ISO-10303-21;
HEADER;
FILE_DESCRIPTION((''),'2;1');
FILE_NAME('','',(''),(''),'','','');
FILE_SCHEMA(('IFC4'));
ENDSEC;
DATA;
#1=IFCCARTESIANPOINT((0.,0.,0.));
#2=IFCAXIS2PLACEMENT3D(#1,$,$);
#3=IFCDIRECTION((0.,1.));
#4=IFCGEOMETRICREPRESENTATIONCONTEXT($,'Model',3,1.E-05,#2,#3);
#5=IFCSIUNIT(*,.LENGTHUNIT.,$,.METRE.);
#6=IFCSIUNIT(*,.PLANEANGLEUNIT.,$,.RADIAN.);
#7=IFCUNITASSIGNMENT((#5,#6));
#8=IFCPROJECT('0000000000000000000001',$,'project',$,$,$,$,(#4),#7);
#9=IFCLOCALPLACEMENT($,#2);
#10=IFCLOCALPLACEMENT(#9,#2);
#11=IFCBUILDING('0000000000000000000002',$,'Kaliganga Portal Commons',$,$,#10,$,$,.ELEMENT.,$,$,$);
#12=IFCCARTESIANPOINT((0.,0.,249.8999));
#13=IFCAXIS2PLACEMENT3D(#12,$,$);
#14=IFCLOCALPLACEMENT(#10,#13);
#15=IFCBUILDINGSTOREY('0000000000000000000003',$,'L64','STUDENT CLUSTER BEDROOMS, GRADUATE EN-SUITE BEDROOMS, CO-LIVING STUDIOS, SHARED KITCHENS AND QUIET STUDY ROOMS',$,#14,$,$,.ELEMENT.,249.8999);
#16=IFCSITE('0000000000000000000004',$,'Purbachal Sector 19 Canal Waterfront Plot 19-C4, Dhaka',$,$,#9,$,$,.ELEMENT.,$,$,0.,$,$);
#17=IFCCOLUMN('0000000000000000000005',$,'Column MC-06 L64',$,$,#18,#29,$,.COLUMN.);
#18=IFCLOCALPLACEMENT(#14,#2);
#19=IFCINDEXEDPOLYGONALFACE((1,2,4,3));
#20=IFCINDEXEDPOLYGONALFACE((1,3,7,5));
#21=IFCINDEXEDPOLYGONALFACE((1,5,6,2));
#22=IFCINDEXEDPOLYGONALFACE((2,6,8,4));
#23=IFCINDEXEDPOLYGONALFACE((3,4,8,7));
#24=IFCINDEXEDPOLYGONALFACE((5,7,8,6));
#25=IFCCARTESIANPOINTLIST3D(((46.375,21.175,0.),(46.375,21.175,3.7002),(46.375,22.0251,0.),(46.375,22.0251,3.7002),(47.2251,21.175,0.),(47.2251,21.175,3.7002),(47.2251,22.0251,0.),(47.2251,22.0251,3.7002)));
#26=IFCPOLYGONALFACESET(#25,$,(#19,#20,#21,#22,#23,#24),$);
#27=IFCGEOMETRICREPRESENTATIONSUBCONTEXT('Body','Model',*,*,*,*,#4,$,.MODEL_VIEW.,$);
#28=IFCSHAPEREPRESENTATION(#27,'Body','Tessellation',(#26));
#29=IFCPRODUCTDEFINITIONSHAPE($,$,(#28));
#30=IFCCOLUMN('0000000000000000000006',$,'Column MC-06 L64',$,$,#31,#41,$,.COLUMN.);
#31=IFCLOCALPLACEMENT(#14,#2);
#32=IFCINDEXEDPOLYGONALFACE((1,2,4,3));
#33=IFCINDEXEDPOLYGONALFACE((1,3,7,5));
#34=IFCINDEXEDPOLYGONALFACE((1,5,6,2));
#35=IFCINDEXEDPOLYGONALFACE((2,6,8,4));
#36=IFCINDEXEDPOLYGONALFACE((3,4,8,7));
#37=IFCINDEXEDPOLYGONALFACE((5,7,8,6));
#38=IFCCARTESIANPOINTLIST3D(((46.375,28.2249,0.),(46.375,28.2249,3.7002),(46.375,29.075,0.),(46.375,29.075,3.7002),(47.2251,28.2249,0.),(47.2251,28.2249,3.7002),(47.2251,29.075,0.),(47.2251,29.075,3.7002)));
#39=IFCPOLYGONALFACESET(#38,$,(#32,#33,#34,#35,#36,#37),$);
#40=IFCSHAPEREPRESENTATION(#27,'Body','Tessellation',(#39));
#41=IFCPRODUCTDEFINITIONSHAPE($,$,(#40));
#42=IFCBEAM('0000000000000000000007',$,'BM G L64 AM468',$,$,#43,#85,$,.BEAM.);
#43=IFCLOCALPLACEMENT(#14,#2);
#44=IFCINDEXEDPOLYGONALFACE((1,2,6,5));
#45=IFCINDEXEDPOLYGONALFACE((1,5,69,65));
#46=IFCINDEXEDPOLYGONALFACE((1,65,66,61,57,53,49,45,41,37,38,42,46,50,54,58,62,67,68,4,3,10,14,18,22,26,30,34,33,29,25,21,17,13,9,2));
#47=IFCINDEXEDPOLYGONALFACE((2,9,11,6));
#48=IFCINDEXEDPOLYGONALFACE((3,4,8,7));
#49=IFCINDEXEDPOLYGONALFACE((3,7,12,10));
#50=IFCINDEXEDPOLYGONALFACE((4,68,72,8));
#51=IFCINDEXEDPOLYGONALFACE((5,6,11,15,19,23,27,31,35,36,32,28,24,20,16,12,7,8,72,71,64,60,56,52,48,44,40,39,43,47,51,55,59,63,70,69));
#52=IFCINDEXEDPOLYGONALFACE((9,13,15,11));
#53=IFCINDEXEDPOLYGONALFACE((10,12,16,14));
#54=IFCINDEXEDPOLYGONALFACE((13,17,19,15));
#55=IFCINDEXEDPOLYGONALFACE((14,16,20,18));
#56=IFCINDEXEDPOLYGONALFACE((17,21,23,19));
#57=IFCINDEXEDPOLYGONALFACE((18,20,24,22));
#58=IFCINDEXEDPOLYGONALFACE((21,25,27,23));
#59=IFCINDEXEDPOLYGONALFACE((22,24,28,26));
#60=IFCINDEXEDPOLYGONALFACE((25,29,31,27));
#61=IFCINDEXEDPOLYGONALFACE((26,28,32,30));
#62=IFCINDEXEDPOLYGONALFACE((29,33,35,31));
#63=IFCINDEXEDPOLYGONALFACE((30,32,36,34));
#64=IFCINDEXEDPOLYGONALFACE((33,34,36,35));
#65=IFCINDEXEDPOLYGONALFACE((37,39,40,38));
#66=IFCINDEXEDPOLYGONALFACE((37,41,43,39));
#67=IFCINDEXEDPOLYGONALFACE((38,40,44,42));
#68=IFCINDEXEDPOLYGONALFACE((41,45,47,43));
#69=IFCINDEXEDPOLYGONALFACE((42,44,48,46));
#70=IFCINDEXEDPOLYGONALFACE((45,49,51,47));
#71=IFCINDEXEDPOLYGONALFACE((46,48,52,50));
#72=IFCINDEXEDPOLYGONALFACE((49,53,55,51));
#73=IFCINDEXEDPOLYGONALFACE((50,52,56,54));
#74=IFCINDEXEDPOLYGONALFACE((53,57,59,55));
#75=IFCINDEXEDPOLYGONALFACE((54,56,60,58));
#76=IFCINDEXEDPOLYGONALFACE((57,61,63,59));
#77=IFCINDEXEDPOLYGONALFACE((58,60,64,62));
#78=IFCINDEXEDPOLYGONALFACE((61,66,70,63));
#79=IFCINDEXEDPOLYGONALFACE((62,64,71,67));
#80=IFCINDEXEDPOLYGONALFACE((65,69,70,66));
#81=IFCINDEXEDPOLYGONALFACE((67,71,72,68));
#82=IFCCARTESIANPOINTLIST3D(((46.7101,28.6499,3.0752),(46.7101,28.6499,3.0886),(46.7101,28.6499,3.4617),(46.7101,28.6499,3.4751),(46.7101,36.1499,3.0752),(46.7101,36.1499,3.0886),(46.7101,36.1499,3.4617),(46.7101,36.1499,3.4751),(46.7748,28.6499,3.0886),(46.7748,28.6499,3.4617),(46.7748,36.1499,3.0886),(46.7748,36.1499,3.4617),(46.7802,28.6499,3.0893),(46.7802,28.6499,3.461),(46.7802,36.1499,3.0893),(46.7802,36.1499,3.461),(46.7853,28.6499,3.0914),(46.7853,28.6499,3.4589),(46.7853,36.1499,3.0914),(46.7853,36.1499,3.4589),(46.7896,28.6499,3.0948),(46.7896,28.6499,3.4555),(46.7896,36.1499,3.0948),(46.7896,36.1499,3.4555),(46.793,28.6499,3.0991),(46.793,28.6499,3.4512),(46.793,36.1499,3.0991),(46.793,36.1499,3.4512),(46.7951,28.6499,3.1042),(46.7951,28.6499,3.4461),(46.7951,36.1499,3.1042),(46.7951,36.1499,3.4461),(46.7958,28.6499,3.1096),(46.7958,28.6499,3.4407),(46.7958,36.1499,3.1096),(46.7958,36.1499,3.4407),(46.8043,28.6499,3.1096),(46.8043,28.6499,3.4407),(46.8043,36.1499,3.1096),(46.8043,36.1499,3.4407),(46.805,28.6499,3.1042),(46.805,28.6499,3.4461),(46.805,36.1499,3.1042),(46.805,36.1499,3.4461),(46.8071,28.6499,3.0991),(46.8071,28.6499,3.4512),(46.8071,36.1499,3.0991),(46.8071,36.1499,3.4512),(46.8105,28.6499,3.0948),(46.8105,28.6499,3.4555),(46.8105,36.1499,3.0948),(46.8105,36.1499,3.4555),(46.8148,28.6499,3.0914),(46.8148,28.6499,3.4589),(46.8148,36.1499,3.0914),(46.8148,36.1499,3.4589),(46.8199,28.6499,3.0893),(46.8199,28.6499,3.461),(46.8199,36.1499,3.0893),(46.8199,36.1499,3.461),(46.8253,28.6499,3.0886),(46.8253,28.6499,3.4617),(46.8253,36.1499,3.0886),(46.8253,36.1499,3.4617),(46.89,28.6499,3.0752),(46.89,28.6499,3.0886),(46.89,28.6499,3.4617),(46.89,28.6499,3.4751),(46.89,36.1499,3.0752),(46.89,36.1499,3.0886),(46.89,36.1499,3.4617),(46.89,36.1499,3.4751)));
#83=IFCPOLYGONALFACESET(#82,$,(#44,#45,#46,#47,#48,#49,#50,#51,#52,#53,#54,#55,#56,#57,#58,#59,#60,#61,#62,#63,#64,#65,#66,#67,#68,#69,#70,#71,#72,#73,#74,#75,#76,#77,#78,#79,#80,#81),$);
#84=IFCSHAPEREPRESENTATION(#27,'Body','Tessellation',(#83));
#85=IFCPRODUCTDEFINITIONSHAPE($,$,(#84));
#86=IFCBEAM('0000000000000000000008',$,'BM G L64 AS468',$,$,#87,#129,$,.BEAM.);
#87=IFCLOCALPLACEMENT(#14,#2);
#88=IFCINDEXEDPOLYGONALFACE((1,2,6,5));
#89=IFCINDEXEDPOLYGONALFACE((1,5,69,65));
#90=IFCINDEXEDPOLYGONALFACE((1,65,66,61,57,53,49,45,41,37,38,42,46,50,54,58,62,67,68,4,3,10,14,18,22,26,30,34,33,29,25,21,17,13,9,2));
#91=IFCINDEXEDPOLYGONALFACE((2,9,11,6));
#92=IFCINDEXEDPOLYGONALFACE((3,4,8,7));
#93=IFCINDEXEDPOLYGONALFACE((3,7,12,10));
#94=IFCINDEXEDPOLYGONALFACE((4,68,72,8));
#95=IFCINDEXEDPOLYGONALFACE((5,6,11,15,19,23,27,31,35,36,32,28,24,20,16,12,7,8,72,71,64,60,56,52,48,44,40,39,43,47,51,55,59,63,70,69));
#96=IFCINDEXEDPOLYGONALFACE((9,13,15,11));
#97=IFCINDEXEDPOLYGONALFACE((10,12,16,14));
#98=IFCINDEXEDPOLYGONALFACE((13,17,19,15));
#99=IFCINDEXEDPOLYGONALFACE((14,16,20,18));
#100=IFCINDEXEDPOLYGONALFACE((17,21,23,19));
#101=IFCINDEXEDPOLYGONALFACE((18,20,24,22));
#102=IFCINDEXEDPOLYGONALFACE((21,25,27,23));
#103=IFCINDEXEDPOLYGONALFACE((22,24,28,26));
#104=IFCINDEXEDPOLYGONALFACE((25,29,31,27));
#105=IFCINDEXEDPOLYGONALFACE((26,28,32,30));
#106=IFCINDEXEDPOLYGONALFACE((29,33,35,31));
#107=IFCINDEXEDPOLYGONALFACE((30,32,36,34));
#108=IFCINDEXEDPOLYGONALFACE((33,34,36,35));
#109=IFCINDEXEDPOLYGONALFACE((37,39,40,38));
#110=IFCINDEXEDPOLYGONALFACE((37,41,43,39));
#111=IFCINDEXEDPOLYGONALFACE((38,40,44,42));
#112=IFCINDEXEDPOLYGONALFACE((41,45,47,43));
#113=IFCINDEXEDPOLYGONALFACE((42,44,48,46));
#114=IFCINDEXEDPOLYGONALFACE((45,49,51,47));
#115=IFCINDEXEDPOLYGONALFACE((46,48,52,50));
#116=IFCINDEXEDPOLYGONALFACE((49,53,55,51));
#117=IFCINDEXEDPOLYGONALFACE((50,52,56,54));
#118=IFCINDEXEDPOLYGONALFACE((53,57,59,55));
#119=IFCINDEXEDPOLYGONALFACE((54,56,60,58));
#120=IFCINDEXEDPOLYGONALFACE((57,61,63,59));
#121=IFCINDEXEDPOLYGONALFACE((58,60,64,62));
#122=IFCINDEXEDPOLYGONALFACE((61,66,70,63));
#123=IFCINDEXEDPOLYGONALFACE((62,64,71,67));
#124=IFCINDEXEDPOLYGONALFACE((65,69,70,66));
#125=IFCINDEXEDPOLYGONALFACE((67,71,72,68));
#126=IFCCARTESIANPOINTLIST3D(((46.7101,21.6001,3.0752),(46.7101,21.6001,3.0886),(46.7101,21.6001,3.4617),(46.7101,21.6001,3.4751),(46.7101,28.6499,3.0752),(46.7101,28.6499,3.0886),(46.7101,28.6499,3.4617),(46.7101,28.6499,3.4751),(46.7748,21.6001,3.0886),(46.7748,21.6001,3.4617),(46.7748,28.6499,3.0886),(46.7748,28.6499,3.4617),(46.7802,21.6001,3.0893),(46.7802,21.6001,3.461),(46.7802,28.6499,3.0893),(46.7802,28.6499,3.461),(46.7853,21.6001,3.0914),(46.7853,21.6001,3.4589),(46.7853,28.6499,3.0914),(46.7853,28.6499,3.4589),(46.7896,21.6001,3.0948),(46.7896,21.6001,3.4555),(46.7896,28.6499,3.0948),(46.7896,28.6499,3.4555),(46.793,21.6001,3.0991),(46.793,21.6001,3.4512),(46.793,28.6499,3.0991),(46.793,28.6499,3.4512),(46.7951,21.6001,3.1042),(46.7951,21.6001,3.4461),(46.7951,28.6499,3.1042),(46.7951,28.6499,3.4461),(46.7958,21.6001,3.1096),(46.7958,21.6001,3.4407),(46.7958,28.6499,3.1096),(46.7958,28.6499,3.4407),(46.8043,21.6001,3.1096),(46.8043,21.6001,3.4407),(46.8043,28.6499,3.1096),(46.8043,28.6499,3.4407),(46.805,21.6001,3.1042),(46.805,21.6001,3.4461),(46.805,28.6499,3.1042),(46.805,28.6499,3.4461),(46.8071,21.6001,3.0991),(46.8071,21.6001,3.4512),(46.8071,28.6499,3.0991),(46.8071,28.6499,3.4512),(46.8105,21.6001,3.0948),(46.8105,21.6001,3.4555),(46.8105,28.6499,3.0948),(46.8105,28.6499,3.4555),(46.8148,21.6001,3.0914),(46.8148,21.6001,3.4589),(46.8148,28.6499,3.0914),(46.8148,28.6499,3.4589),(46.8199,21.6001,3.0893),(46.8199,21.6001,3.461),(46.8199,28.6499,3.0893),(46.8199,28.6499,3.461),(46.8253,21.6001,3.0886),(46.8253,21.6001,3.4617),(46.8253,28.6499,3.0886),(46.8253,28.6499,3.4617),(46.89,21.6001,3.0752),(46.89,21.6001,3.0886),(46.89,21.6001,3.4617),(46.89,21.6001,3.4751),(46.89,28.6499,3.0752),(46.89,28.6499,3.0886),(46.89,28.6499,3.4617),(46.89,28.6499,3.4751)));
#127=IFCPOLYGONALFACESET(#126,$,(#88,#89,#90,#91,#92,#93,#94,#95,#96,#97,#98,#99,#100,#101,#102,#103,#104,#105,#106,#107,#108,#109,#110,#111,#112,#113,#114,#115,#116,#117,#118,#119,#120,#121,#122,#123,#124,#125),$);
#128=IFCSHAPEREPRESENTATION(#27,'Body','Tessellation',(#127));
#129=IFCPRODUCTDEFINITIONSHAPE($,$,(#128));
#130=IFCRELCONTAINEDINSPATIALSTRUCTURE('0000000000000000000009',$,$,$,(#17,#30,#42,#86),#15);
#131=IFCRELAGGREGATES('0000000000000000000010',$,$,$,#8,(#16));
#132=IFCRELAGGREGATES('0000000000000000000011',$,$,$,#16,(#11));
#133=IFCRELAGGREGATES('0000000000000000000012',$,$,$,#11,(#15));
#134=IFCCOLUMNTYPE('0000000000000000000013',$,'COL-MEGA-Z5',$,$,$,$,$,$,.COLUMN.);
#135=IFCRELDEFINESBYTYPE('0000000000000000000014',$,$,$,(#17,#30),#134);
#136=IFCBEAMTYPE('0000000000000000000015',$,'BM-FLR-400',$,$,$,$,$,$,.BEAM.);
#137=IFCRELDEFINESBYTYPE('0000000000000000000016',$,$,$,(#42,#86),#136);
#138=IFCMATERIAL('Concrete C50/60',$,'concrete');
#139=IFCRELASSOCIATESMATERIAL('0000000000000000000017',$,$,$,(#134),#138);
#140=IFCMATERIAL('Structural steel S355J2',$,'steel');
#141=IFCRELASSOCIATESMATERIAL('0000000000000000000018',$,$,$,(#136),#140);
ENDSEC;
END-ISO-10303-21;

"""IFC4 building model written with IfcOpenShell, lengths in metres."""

from ifc_helpers import new_model, si_unit, direction, frame, origin, origin_2d, place, context, subcontext, project, spatial, rectangle, i_section, extrude, source, transform, mapped, material, material_profile, profile_set, type_object, element, save


model = new_model("IFC4")

# Units and contexts
model_context = context("Model", 3, precision=1e-05, world=origin(), true_north=direction((0.0, 1.0)))
body_context = subcontext(model_context, "Body", "Model", "MODEL_VIEW")
ifc_project = project(units=[si_unit("LENGTHUNIT", "METRE"), si_unit("PLANEANGLEUNIT", "RADIAN")], contexts=[model_context])

# Site, building, storey
site_placement = place(None, origin())
site = spatial("IfcSite", under=ifc_project, at=site_placement, Name="Purbachal Sector 19 Canal Waterfront Plot 19-C4, Dhaka", CompositionType="ELEMENT", RefElevation=0.0)
building_placement = place(site_placement, origin())
building = spatial("IfcBuilding", under=site, at=building_placement, Name="Kaliganga Portal Commons", CompositionType="ELEMENT")
storey_placement = place(building_placement, frame((0.0, 0.0, 249.8999)))
storey = spatial("IfcBuildingStorey", under=building, at=storey_placement, Name="L64", Description="STUDENT CLUSTER BEDROOMS, GRADUATE EN-SUITE BEDROOMS, CO-LIVING STUDIOS, SHARED KITCHENS AND QUIET STUDY ROOMS", CompositionType="ELEMENT", Elevation=249.8999)

# Columns
ifc_material_1 = material(Name="Concrete C50/60", Category="concrete")
ifc_material_profile_1 = material_profile(ifc_material_1, rectangle(XDim=0.8501, YDim=0.8501, at=origin_2d()), Name="RC 850x850")
ifc_profile_set_1 = profile_set([ifc_material_profile_1], Name="Concrete C50/60")
column_type = type_object("IfcColumnType", Name="COL-MEGA-Z5", PredefinedType="COLUMN", material=ifc_profile_set_1)
shared_shape_1 = source(origin(), body_context, "Body", "SweptSolid", [
    extrude(rectangle(XDim=0.8501, YDim=0.8501, at=origin_2d()), origin(), (0.0, 0.0, 1.0), 3.7002),
])
for number, where, z_axis, x_axis, name in (
    (1, (46.8, 21.6001, 0.0), (0.0, 0.0, 1.0), (1.0, 0.0, 0.0), "Column MC-06 L64"),
    (2, (46.8, 28.6499, 0.0), (0.0, 0.0, 1.0), (1.0, 0.0, 0.0), "Column MC-06 L64"),
):
    element("IfcColumn", number, at=place(storey_placement, frame(where, z_axis=z_axis, x_axis=x_axis)), inside=storey, type_object=column_type, Name=name, PredefinedType="COLUMN", context=body_context, shape_type="MappedRepresentation", body=[
        mapped(shared_shape_1, transform((0.0, 0.0, 0.0), x_axis=(1.0, 0.0, 0.0), y_axis=(0.0, 1.0, 0.0), z_axis=(0.0, 0.0, 1.0), scale=1.0)),
    ])

# Beams
ifc_material_2 = material(Name="Structural steel S355J2", Category="steel")
ifc_material_profile_2 = material_profile(ifc_material_2, i_section(OverallWidth=0.1799, OverallDepth=0.3999, WebThickness=0.0085, FlangeThickness=0.0134, FilletRadius=0.021, at=origin_2d()), Name="IPE 400")
ifc_profile_set_2 = profile_set([ifc_material_profile_2], Name="Structural steel S355J2 wide-flange")
beam_type = type_object("IfcBeamType", Name="BM-FLR-400", PredefinedType="BEAM", material=ifc_profile_set_2)
shared_shape_2 = source(origin(), body_context, "Body", "SweptSolid", [
    extrude(i_section(OverallWidth=0.1799, OverallDepth=0.3999, WebThickness=0.0085, FlangeThickness=0.0134, FilletRadius=0.021, at=origin_2d()), origin(), (0.0, 0.0, 1.0), 7.5),
])
beam_1_placement = place(storey_placement, frame((46.8, 28.6499, 3.2751), z_axis=(0.0, 1.0, 0.0), x_axis=(-1.0, 0.0, 0.0)))
element("IfcBeam", 3, at=beam_1_placement, inside=storey, type_object=beam_type, Name="BM G L64 AM468", PredefinedType="BEAM", context=body_context, shape_type="MappedRepresentation", body=[
    mapped(shared_shape_2, transform((0.0, 0.0, 0.0), x_axis=(1.0, 0.0, 0.0), y_axis=(0.0, 1.0, 0.0), z_axis=(0.0, 0.0, 1.0), scale=1.0)),
])
shared_shape_3 = source(origin(), body_context, "Body", "SweptSolid", [
    extrude(i_section(OverallWidth=0.1799, OverallDepth=0.3999, WebThickness=0.0085, FlangeThickness=0.0134, FilletRadius=0.021, at=origin_2d()), origin(), (0.0, 0.0, 1.0), 7.0498),
])
beam_2_placement = place(storey_placement, frame((46.8, 21.6001, 3.2751), z_axis=(0.0, 1.0, 0.0), x_axis=(-1.0, 0.0, 0.0)))
element("IfcBeam", 4, at=beam_2_placement, inside=storey, type_object=beam_type, Name="BM G L64 AS468", PredefinedType="BEAM", context=body_context, shape_type="MappedRepresentation", body=[
    mapped(shared_shape_3, transform((0.0, 0.0, 0.0), x_axis=(1.0, 0.0, 0.0), y_axis=(0.0, 1.0, 0.0), z_axis=(0.0, 0.0, 1.0), scale=1.0)),
])

save(model, "model.ifc")
